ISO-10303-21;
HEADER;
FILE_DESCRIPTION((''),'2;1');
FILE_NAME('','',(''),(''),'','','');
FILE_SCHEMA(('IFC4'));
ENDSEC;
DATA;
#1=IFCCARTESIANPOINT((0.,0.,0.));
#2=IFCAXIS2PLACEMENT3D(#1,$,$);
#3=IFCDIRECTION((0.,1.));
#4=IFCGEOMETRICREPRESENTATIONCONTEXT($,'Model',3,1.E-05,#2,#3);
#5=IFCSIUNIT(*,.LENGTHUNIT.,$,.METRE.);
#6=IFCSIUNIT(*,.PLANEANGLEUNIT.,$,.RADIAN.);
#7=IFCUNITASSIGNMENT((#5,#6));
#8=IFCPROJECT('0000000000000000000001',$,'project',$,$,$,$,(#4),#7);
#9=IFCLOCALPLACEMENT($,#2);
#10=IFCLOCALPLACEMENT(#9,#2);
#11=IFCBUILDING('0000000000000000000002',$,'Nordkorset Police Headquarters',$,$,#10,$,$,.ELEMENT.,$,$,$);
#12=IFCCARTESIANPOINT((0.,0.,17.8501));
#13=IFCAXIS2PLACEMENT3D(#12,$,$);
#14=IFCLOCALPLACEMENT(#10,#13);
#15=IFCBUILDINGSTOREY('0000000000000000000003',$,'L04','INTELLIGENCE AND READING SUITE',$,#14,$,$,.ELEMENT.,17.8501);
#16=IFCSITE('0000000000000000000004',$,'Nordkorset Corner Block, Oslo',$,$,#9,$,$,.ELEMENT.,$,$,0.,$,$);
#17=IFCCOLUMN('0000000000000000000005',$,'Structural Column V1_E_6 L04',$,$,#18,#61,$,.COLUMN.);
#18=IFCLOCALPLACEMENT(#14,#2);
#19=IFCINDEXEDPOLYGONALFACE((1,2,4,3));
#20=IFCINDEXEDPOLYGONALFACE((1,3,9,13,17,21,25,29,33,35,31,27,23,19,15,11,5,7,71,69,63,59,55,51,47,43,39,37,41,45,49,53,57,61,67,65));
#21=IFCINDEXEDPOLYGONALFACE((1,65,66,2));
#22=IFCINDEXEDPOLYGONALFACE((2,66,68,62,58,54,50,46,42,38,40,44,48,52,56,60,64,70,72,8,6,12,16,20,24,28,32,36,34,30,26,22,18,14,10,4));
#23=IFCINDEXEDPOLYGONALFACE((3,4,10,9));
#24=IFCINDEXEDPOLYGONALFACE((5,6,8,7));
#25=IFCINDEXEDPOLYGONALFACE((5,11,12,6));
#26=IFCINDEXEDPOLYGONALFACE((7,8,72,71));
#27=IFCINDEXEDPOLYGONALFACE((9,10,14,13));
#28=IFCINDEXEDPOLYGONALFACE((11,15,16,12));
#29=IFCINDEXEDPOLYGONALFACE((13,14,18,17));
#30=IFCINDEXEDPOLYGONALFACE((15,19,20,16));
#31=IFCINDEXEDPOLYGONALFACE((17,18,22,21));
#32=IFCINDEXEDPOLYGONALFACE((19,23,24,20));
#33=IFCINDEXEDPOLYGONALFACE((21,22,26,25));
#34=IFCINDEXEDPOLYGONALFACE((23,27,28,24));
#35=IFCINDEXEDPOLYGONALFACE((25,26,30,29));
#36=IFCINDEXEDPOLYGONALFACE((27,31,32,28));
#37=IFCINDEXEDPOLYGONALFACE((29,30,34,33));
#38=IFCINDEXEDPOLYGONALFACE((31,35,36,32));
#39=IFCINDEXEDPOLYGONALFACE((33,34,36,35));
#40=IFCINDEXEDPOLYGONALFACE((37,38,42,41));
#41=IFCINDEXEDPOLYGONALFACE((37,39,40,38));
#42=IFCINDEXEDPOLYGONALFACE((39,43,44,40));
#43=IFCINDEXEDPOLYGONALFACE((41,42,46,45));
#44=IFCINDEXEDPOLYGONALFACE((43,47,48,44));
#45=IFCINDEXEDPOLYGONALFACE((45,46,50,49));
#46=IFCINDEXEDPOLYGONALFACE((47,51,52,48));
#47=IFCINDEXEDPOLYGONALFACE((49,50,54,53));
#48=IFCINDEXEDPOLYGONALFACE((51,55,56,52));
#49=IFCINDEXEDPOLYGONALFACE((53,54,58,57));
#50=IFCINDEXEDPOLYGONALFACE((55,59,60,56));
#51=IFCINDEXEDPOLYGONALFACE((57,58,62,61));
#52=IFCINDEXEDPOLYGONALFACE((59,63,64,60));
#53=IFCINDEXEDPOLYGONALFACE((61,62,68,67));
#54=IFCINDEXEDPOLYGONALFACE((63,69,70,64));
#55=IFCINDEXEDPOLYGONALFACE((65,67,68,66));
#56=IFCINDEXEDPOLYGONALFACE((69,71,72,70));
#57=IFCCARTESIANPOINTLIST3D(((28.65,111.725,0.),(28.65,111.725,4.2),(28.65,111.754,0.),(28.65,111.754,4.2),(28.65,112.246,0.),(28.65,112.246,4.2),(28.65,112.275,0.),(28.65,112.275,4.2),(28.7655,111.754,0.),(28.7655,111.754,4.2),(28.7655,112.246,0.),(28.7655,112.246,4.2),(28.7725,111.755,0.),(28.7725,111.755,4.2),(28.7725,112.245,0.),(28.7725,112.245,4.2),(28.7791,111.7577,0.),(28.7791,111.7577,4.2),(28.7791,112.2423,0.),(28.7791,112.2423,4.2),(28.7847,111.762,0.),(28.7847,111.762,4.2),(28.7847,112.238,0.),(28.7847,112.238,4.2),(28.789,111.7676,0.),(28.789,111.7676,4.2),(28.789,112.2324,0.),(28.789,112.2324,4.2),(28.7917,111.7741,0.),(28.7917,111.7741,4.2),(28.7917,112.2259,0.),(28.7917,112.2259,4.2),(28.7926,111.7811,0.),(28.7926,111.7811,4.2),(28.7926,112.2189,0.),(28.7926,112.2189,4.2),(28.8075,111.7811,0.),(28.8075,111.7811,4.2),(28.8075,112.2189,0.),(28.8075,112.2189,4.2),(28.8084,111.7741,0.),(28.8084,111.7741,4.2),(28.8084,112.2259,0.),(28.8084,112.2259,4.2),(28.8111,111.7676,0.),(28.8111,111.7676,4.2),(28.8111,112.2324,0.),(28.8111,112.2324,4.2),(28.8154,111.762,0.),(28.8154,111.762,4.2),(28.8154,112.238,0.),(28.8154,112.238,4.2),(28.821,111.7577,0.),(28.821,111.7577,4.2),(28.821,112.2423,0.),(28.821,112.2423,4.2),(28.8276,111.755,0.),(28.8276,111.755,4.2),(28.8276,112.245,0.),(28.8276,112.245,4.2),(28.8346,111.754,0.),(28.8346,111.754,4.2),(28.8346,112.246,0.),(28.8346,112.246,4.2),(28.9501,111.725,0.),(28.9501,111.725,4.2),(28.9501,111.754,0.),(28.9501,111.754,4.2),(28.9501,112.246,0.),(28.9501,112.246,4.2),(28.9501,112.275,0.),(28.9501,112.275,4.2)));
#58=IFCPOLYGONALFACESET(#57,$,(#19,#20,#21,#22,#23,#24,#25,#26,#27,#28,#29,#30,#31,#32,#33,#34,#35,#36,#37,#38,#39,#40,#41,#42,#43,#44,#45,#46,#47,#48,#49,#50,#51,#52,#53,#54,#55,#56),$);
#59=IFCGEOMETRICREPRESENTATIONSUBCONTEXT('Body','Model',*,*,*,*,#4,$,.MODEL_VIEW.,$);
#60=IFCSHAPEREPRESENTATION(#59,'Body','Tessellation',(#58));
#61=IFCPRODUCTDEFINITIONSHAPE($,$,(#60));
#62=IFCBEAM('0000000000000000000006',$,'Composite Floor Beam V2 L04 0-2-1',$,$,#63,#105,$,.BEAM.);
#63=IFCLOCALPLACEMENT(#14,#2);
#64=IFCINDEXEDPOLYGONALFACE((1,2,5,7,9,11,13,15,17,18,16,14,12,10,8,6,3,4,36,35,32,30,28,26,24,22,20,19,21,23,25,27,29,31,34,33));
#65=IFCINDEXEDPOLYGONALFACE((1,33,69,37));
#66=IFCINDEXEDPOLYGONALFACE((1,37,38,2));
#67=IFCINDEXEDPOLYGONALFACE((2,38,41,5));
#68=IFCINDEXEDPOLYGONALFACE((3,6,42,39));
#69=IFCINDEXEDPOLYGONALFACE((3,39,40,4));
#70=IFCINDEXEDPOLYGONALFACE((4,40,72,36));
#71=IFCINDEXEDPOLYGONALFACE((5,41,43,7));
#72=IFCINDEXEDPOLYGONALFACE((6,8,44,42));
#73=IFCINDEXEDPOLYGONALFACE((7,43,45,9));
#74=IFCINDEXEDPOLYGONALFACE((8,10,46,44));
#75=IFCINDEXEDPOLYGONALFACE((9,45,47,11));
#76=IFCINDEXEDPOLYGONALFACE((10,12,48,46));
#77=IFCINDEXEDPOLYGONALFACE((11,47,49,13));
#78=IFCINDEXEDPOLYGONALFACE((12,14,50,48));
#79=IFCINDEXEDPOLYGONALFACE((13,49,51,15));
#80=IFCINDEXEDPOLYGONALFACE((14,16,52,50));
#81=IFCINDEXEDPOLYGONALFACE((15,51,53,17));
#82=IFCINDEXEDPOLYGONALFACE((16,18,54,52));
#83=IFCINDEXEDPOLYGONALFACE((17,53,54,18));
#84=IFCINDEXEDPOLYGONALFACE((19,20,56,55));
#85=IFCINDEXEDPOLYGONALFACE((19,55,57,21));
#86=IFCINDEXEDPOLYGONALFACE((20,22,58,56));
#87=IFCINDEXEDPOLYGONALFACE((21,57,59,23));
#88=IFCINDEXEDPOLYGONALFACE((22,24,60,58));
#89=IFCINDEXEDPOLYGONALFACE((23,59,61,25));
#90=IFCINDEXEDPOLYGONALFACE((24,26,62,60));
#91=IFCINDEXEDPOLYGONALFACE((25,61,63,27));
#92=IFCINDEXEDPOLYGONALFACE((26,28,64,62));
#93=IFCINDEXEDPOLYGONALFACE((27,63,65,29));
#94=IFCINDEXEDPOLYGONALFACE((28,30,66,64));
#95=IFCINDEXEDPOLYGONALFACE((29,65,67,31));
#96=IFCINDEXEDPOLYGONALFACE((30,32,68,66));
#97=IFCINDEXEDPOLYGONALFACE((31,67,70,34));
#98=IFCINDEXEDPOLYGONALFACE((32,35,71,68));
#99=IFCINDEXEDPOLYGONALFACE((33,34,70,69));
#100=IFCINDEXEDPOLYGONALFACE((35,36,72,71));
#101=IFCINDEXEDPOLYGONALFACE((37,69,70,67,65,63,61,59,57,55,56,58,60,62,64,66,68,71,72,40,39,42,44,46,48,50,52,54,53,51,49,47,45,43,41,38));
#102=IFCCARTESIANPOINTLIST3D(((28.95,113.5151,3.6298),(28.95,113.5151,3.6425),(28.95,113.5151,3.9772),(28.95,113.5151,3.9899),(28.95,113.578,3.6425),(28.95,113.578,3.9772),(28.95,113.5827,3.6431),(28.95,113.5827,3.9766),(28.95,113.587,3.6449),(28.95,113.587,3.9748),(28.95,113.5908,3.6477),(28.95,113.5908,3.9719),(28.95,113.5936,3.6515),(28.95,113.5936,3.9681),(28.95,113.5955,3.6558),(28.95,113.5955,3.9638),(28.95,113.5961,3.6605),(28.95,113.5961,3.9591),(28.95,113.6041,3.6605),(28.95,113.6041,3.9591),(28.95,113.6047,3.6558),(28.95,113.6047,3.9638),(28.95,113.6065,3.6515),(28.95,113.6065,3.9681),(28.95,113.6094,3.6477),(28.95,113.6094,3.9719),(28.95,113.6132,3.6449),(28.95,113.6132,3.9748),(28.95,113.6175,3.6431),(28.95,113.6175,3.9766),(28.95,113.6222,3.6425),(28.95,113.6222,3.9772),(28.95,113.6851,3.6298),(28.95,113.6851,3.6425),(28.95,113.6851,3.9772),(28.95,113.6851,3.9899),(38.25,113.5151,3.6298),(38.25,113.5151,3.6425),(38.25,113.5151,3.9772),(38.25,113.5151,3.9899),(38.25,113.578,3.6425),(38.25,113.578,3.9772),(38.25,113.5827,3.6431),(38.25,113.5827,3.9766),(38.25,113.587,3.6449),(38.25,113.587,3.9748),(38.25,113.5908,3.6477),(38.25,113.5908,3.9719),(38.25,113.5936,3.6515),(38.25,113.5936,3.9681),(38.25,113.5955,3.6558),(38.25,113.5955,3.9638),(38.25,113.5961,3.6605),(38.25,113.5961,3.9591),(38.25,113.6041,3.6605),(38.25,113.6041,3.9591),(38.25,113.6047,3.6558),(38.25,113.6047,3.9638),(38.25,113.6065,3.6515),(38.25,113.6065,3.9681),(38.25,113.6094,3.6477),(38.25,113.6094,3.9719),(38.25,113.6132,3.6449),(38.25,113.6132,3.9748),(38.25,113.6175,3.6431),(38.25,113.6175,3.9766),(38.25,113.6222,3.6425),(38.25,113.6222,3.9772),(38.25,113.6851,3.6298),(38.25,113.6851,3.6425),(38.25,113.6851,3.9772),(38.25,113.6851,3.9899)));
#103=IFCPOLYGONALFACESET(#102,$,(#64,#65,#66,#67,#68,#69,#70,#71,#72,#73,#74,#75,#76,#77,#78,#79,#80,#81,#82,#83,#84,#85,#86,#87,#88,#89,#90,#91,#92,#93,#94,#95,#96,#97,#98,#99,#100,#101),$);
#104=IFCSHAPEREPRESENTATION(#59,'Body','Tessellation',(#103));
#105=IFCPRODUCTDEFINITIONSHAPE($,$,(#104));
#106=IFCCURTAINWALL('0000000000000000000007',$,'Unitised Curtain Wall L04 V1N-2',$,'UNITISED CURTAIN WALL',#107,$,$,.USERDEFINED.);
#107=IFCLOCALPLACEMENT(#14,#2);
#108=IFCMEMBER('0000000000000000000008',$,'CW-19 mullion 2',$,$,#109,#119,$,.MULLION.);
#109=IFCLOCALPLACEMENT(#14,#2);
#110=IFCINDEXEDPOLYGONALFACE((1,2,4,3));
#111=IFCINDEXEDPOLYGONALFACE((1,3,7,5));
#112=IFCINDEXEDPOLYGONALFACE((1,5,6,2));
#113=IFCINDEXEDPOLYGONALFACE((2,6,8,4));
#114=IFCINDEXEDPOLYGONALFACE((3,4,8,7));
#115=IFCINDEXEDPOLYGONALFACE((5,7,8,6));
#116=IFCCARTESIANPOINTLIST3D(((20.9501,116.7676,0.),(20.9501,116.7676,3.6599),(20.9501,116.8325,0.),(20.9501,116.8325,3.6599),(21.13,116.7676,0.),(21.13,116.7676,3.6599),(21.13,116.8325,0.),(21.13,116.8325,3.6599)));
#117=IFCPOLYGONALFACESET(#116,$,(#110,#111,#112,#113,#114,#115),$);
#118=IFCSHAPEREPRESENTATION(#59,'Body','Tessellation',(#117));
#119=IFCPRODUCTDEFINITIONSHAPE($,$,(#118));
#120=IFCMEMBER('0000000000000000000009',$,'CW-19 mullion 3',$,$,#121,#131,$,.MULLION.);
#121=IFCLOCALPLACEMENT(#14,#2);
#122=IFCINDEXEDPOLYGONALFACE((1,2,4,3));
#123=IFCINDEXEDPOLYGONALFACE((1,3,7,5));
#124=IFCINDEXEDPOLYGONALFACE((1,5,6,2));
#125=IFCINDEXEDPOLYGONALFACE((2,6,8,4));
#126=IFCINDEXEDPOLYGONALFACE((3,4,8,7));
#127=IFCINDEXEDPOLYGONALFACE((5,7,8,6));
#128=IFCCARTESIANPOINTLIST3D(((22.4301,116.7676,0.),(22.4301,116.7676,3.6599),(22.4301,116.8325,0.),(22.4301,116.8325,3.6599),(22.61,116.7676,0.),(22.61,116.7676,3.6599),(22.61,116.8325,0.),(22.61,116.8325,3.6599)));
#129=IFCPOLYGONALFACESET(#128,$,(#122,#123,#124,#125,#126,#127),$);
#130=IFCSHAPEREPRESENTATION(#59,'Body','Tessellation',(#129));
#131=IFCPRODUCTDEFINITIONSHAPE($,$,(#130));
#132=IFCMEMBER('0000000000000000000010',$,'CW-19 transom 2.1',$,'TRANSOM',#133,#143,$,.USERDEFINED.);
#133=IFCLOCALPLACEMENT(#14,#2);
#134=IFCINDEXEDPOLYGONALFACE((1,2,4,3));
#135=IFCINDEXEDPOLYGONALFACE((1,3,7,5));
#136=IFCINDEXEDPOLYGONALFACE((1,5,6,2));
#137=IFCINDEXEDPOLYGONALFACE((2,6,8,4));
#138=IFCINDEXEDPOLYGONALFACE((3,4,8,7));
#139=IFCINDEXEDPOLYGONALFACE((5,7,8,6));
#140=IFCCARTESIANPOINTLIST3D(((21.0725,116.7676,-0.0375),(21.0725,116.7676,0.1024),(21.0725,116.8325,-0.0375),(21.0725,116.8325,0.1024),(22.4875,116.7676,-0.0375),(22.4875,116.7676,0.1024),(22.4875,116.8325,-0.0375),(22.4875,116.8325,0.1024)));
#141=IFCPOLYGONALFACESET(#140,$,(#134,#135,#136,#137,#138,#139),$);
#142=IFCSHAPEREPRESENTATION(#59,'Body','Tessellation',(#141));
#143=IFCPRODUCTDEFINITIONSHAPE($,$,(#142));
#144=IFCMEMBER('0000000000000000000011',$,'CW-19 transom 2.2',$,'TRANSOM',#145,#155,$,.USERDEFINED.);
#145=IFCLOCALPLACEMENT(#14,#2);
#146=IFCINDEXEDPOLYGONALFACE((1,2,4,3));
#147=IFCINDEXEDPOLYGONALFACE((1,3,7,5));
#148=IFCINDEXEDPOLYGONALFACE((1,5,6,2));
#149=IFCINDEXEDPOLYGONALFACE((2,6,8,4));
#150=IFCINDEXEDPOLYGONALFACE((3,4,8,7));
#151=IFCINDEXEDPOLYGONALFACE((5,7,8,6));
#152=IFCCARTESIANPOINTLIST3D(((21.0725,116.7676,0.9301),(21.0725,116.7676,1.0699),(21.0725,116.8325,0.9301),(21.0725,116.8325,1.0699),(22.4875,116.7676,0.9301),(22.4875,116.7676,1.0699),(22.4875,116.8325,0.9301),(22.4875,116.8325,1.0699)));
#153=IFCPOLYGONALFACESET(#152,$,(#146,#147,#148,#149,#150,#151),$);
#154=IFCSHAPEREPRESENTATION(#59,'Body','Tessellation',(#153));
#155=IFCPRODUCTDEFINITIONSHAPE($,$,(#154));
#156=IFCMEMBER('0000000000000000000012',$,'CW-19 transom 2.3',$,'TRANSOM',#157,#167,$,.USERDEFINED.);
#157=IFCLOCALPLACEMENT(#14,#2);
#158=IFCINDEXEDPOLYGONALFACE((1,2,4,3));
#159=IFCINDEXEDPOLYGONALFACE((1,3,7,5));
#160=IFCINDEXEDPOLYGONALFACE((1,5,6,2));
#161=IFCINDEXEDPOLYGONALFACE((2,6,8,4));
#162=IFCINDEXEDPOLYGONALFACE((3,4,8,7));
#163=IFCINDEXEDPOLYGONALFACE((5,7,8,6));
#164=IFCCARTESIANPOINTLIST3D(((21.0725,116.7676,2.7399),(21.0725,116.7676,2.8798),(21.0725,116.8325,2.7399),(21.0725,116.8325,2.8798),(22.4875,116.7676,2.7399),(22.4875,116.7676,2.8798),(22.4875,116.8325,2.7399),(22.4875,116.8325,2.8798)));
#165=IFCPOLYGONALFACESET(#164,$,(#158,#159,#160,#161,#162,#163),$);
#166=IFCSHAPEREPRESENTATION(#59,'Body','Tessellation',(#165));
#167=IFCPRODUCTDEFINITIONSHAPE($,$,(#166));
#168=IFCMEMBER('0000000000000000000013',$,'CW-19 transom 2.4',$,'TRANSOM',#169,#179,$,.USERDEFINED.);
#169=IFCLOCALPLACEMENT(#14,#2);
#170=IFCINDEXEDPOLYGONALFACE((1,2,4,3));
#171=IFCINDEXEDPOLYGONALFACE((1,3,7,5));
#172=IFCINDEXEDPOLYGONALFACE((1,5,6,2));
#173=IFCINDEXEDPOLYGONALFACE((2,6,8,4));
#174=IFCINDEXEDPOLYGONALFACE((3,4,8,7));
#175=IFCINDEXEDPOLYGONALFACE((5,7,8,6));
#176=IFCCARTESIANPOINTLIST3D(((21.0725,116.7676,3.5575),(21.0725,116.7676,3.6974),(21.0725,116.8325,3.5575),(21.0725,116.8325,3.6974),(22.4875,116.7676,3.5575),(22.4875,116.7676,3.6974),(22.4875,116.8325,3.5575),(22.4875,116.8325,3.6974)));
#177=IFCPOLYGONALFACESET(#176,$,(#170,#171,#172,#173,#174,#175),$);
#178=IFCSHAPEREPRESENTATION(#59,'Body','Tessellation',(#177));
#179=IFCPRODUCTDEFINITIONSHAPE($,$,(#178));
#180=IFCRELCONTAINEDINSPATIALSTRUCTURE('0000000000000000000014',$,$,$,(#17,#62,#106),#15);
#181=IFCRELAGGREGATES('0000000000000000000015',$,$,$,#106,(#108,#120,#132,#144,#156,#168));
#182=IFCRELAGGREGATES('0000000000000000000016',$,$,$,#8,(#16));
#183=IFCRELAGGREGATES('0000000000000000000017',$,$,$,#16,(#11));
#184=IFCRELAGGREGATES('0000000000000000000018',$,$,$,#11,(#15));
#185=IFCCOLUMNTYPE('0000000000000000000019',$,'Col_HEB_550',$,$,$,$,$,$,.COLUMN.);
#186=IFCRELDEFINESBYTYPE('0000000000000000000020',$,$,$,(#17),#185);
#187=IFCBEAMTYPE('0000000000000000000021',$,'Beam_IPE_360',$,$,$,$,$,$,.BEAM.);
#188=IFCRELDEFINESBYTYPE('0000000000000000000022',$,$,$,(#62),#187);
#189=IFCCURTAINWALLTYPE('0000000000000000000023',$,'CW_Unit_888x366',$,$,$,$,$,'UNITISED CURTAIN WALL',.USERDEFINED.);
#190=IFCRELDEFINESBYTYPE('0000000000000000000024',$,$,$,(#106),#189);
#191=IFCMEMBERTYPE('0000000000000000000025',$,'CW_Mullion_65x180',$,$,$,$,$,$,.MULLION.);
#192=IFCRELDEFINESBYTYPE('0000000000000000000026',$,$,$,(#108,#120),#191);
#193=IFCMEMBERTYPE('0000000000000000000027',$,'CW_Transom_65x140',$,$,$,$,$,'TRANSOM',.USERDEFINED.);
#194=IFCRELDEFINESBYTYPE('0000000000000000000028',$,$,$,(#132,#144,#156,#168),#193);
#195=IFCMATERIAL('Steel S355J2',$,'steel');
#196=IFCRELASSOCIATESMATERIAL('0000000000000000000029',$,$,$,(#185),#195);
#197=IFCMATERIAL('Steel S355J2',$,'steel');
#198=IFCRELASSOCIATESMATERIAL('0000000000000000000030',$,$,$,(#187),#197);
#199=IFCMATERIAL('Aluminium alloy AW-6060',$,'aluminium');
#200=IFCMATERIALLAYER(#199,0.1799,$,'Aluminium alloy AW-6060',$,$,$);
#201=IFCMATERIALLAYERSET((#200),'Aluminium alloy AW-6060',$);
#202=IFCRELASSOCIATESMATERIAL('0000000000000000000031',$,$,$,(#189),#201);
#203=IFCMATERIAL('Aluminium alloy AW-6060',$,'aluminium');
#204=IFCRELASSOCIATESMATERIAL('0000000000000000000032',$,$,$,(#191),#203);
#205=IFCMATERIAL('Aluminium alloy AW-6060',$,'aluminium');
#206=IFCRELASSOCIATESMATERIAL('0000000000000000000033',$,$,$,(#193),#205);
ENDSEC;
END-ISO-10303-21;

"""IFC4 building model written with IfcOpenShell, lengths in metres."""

from ifc_helpers import new_model, si_unit, direction, frame, origin, origin_2d, place, context, subcontext, project, spatial, rectangle, i_section, extrude, material, layer, layer_set, material_profile, profile_set, type_object, element, aggregate, save


model = new_model("IFC4")

# Units and contexts
model_context = context("Model", 3, precision=1e-05, world=origin(), true_north=direction((0.0, 1.0)))
body_context = subcontext(model_context, "Body", "Model", "MODEL_VIEW")
ifc_project = project(units=[si_unit("LENGTHUNIT", "METRE"), si_unit("PLANEANGLEUNIT", "RADIAN")], contexts=[model_context])

# Site, building, storey
site_placement = place(None, origin())
site = spatial("IfcSite", under=ifc_project, at=site_placement, Name="Nordkorset Corner Block, Oslo", CompositionType="ELEMENT", RefElevation=0.0)
building_placement = place(site_placement, origin())
building = spatial("IfcBuilding", under=site, at=building_placement, Name="Nordkorset Police Headquarters", CompositionType="ELEMENT")
storey_placement = place(building_placement, frame((0.0, 0.0, 17.8501)))
storey = spatial("IfcBuildingStorey", under=building, at=storey_placement, Name="L04", Description="INTELLIGENCE AND READING SUITE", CompositionType="ELEMENT", Elevation=17.8501)

# Column
ifc_material_1 = material(Name="Steel S355J2", Category="steel")
ifc_material_profile_1 = material_profile(ifc_material_1, i_section(OverallWidth=0.3, OverallDepth=0.55, WebThickness=0.0149, FlangeThickness=0.0291, FilletRadius=0.0271, at=origin_2d()), Name="HEB 550")
ifc_profile_set_1 = profile_set([ifc_material_profile_1], Name="Steel S355J2")
column_type = type_object("IfcColumnType", Name="Col_HEB_550", PredefinedType="COLUMN", material=ifc_profile_set_1)
column_placement = place(storey_placement, frame((28.8, 112.0, 0.0), z_axis=(0.0, 0.0, 1.0), x_axis=(1.0, 0.0, 0.0)))
element("IfcColumn", 1, at=column_placement, inside=storey, type_object=column_type, Name="Structural Column V1_E_6 L04", PredefinedType="COLUMN", context=body_context, shape_type="SweptSolid", body=[
    extrude(i_section(OverallWidth=0.3, OverallDepth=0.55, WebThickness=0.0149, FlangeThickness=0.0291, FilletRadius=0.0271, at=origin_2d()), origin(), (0.0, 0.0, 1.0), 4.2),
])

# Beam
ifc_material_2 = material(Name="Steel S355J2", Category="steel")
ifc_material_profile_2 = material_profile(ifc_material_2, i_section(OverallWidth=0.1699, OverallDepth=0.3601, WebThickness=0.0081, FlangeThickness=0.0127, FilletRadius=0.0181, at=origin_2d()), Name="IPE 360")
ifc_profile_set_2 = profile_set([ifc_material_profile_2], Name="Steel S355J2")
beam_type_1 = type_object("IfcBeamType", Name="Beam_IPE_360", PredefinedType="BEAM", material=ifc_profile_set_2)
beam_1_placement = place(storey_placement, frame((28.95, 113.6001, 3.8098), z_axis=(1.0, 0.0, 0.0), x_axis=(0.0, 1.0, 0.0)))
element("IfcBeam", 2, at=beam_1_placement, inside=storey, type_object=beam_type_1, Name="Composite Floor Beam V2 L04 0-2-1", PredefinedType="BEAM", context=body_context, shape_type="SweptSolid", body=[
    extrude(i_section(OverallWidth=0.1699, OverallDepth=0.3601, WebThickness=0.0081, FlangeThickness=0.0127, FilletRadius=0.0181, at=origin_2d()), origin(), (0.0, 0.0, 1.0), 9.3),
])

# Curtain wall, members
ifc_material_3 = material(Name="Aluminium alloy AW-6060", Category="aluminium")
ifc_layer_1 = layer(ifc_material_3, 0.1799, Name="Aluminium alloy AW-6060")
ifc_layer_set_1 = layer_set([ifc_layer_1], Name="Aluminium alloy AW-6060")
curtain_wall_type = type_object("IfcCurtainWallType", Name="CW_Unit_888x366", ElementType="UNITISED CURTAIN WALL", PredefinedType="USERDEFINED", material=ifc_layer_set_1)
curtain_wall_placement = place(storey_placement, origin())
curtain_wall = element("IfcCurtainWall", 3, at=curtain_wall_placement, inside=storey, type_object=curtain_wall_type, Name="Unitised Curtain Wall L04 V1N-2", ObjectType="UNITISED CURTAIN WALL", PredefinedType="USERDEFINED")
ifc_material_4 = material(Name="Aluminium alloy AW-6060", Category="aluminium")
ifc_material_profile_3 = material_profile(ifc_material_4, rectangle(XDim=0.0649, YDim=0.1799, at=origin_2d()), Name="ALU MULL 65x180")
ifc_profile_set_3 = profile_set([ifc_material_profile_3], Name="Aluminium alloy AW-6060")
member_type_1 = type_object("IfcMemberType", Name="CW_Mullion_65x180", PredefinedType="MULLION", material=ifc_profile_set_3)
member_1_placement = place(storey_placement, frame((21.04, 116.8, 0.0), z_axis=(0.0, 0.0, 1.0), x_axis=(0.0, 1.0, 0.0)))
member_1 = element("IfcMember", 4, at=member_1_placement, type_object=member_type_1, Name="CW-19 mullion 2", PredefinedType="MULLION", context=body_context, shape_type="SweptSolid", body=[
    extrude(rectangle(XDim=0.0649, YDim=0.1799, at=origin_2d()), origin(), (0.0, 0.0, 1.0), 3.6599),
])
member_2_placement = place(storey_placement, frame((22.52, 116.8, 0.0), z_axis=(0.0, 0.0, 1.0), x_axis=(0.0, 1.0, 0.0)))
member_2 = element("IfcMember", 5, at=member_2_placement, type_object=member_type_1, Name="CW-19 mullion 3", PredefinedType="MULLION", context=body_context, shape_type="SweptSolid", body=[
    extrude(rectangle(XDim=0.0649, YDim=0.1799, at=origin_2d()), origin(), (0.0, 0.0, 1.0), 3.6599),
])
ifc_material_5 = material(Name="Aluminium alloy AW-6060", Category="aluminium")
ifc_material_profile_4 = material_profile(ifc_material_5, rectangle(XDim=0.0649, YDim=0.1399, at=origin_2d()), Name="ALU TRAN 65x140")
ifc_profile_set_4 = profile_set([ifc_material_profile_4], Name="Aluminium alloy AW-6060")
member_type_2 = type_object("IfcMemberType", Name="CW_Transom_65x140", ElementType="TRANSOM", PredefinedType="USERDEFINED", material=ifc_profile_set_4)
member_3_placement = place(storey_placement, frame((21.0725, 116.8, 0.0325), z_axis=(1.0, 0.0, 0.0), x_axis=(0.0, 1.0, 0.0)))
member_3 = element("IfcMember", 6, at=member_3_placement, type_object=member_type_2, Name="CW-19 transom 2.1", ObjectType="TRANSOM", PredefinedType="USERDEFINED", context=body_context, shape_type="SweptSolid", body=[
    extrude(rectangle(XDim=0.0649, YDim=0.1399, at=origin_2d()), origin(), (0.0, 0.0, 1.0), 1.415),
])
member_4_placement = place(storey_placement, frame((21.0725, 116.8, 1.0), z_axis=(1.0, 0.0, 0.0), x_axis=(0.0, 1.0, 0.0)))
member_4 = element("IfcMember", 7, at=member_4_placement, type_object=member_type_2, Name="CW-19 transom 2.2", ObjectType="TRANSOM", PredefinedType="USERDEFINED", context=body_context, shape_type="SweptSolid", body=[
    extrude(rectangle(XDim=0.0649, YDim=0.1399, at=origin_2d()), origin(), (0.0, 0.0, 1.0), 1.415),
])
member_5_placement = place(storey_placement, frame((21.0725, 116.8, 2.8098), z_axis=(1.0, 0.0, 0.0), x_axis=(0.0, 1.0, 0.0)))
member_5 = element("IfcMember", 8, at=member_5_placement, type_object=member_type_2, Name="CW-19 transom 2.3", ObjectType="TRANSOM", PredefinedType="USERDEFINED", context=body_context, shape_type="SweptSolid", body=[
    extrude(rectangle(XDim=0.0649, YDim=0.1399, at=origin_2d()), origin(), (0.0, 0.0, 1.0), 1.415),
])
member_6_placement = place(storey_placement, frame((21.0725, 116.8, 3.6274), z_axis=(1.0, 0.0, 0.0), x_axis=(0.0, 1.0, 0.0)))
member_6 = element("IfcMember", 9, at=member_6_placement, type_object=member_type_2, Name="CW-19 transom 2.4", ObjectType="TRANSOM", PredefinedType="USERDEFINED", context=body_context, shape_type="SweptSolid", body=[
    extrude(rectangle(XDim=0.0649, YDim=0.1399, at=origin_2d()), origin(), (0.0, 0.0, 1.0), 1.415),
])

aggregate(curtain_wall, [member_1, member_2, member_3, member_4, member_5, member_6])

save(model, "model.ifc")
